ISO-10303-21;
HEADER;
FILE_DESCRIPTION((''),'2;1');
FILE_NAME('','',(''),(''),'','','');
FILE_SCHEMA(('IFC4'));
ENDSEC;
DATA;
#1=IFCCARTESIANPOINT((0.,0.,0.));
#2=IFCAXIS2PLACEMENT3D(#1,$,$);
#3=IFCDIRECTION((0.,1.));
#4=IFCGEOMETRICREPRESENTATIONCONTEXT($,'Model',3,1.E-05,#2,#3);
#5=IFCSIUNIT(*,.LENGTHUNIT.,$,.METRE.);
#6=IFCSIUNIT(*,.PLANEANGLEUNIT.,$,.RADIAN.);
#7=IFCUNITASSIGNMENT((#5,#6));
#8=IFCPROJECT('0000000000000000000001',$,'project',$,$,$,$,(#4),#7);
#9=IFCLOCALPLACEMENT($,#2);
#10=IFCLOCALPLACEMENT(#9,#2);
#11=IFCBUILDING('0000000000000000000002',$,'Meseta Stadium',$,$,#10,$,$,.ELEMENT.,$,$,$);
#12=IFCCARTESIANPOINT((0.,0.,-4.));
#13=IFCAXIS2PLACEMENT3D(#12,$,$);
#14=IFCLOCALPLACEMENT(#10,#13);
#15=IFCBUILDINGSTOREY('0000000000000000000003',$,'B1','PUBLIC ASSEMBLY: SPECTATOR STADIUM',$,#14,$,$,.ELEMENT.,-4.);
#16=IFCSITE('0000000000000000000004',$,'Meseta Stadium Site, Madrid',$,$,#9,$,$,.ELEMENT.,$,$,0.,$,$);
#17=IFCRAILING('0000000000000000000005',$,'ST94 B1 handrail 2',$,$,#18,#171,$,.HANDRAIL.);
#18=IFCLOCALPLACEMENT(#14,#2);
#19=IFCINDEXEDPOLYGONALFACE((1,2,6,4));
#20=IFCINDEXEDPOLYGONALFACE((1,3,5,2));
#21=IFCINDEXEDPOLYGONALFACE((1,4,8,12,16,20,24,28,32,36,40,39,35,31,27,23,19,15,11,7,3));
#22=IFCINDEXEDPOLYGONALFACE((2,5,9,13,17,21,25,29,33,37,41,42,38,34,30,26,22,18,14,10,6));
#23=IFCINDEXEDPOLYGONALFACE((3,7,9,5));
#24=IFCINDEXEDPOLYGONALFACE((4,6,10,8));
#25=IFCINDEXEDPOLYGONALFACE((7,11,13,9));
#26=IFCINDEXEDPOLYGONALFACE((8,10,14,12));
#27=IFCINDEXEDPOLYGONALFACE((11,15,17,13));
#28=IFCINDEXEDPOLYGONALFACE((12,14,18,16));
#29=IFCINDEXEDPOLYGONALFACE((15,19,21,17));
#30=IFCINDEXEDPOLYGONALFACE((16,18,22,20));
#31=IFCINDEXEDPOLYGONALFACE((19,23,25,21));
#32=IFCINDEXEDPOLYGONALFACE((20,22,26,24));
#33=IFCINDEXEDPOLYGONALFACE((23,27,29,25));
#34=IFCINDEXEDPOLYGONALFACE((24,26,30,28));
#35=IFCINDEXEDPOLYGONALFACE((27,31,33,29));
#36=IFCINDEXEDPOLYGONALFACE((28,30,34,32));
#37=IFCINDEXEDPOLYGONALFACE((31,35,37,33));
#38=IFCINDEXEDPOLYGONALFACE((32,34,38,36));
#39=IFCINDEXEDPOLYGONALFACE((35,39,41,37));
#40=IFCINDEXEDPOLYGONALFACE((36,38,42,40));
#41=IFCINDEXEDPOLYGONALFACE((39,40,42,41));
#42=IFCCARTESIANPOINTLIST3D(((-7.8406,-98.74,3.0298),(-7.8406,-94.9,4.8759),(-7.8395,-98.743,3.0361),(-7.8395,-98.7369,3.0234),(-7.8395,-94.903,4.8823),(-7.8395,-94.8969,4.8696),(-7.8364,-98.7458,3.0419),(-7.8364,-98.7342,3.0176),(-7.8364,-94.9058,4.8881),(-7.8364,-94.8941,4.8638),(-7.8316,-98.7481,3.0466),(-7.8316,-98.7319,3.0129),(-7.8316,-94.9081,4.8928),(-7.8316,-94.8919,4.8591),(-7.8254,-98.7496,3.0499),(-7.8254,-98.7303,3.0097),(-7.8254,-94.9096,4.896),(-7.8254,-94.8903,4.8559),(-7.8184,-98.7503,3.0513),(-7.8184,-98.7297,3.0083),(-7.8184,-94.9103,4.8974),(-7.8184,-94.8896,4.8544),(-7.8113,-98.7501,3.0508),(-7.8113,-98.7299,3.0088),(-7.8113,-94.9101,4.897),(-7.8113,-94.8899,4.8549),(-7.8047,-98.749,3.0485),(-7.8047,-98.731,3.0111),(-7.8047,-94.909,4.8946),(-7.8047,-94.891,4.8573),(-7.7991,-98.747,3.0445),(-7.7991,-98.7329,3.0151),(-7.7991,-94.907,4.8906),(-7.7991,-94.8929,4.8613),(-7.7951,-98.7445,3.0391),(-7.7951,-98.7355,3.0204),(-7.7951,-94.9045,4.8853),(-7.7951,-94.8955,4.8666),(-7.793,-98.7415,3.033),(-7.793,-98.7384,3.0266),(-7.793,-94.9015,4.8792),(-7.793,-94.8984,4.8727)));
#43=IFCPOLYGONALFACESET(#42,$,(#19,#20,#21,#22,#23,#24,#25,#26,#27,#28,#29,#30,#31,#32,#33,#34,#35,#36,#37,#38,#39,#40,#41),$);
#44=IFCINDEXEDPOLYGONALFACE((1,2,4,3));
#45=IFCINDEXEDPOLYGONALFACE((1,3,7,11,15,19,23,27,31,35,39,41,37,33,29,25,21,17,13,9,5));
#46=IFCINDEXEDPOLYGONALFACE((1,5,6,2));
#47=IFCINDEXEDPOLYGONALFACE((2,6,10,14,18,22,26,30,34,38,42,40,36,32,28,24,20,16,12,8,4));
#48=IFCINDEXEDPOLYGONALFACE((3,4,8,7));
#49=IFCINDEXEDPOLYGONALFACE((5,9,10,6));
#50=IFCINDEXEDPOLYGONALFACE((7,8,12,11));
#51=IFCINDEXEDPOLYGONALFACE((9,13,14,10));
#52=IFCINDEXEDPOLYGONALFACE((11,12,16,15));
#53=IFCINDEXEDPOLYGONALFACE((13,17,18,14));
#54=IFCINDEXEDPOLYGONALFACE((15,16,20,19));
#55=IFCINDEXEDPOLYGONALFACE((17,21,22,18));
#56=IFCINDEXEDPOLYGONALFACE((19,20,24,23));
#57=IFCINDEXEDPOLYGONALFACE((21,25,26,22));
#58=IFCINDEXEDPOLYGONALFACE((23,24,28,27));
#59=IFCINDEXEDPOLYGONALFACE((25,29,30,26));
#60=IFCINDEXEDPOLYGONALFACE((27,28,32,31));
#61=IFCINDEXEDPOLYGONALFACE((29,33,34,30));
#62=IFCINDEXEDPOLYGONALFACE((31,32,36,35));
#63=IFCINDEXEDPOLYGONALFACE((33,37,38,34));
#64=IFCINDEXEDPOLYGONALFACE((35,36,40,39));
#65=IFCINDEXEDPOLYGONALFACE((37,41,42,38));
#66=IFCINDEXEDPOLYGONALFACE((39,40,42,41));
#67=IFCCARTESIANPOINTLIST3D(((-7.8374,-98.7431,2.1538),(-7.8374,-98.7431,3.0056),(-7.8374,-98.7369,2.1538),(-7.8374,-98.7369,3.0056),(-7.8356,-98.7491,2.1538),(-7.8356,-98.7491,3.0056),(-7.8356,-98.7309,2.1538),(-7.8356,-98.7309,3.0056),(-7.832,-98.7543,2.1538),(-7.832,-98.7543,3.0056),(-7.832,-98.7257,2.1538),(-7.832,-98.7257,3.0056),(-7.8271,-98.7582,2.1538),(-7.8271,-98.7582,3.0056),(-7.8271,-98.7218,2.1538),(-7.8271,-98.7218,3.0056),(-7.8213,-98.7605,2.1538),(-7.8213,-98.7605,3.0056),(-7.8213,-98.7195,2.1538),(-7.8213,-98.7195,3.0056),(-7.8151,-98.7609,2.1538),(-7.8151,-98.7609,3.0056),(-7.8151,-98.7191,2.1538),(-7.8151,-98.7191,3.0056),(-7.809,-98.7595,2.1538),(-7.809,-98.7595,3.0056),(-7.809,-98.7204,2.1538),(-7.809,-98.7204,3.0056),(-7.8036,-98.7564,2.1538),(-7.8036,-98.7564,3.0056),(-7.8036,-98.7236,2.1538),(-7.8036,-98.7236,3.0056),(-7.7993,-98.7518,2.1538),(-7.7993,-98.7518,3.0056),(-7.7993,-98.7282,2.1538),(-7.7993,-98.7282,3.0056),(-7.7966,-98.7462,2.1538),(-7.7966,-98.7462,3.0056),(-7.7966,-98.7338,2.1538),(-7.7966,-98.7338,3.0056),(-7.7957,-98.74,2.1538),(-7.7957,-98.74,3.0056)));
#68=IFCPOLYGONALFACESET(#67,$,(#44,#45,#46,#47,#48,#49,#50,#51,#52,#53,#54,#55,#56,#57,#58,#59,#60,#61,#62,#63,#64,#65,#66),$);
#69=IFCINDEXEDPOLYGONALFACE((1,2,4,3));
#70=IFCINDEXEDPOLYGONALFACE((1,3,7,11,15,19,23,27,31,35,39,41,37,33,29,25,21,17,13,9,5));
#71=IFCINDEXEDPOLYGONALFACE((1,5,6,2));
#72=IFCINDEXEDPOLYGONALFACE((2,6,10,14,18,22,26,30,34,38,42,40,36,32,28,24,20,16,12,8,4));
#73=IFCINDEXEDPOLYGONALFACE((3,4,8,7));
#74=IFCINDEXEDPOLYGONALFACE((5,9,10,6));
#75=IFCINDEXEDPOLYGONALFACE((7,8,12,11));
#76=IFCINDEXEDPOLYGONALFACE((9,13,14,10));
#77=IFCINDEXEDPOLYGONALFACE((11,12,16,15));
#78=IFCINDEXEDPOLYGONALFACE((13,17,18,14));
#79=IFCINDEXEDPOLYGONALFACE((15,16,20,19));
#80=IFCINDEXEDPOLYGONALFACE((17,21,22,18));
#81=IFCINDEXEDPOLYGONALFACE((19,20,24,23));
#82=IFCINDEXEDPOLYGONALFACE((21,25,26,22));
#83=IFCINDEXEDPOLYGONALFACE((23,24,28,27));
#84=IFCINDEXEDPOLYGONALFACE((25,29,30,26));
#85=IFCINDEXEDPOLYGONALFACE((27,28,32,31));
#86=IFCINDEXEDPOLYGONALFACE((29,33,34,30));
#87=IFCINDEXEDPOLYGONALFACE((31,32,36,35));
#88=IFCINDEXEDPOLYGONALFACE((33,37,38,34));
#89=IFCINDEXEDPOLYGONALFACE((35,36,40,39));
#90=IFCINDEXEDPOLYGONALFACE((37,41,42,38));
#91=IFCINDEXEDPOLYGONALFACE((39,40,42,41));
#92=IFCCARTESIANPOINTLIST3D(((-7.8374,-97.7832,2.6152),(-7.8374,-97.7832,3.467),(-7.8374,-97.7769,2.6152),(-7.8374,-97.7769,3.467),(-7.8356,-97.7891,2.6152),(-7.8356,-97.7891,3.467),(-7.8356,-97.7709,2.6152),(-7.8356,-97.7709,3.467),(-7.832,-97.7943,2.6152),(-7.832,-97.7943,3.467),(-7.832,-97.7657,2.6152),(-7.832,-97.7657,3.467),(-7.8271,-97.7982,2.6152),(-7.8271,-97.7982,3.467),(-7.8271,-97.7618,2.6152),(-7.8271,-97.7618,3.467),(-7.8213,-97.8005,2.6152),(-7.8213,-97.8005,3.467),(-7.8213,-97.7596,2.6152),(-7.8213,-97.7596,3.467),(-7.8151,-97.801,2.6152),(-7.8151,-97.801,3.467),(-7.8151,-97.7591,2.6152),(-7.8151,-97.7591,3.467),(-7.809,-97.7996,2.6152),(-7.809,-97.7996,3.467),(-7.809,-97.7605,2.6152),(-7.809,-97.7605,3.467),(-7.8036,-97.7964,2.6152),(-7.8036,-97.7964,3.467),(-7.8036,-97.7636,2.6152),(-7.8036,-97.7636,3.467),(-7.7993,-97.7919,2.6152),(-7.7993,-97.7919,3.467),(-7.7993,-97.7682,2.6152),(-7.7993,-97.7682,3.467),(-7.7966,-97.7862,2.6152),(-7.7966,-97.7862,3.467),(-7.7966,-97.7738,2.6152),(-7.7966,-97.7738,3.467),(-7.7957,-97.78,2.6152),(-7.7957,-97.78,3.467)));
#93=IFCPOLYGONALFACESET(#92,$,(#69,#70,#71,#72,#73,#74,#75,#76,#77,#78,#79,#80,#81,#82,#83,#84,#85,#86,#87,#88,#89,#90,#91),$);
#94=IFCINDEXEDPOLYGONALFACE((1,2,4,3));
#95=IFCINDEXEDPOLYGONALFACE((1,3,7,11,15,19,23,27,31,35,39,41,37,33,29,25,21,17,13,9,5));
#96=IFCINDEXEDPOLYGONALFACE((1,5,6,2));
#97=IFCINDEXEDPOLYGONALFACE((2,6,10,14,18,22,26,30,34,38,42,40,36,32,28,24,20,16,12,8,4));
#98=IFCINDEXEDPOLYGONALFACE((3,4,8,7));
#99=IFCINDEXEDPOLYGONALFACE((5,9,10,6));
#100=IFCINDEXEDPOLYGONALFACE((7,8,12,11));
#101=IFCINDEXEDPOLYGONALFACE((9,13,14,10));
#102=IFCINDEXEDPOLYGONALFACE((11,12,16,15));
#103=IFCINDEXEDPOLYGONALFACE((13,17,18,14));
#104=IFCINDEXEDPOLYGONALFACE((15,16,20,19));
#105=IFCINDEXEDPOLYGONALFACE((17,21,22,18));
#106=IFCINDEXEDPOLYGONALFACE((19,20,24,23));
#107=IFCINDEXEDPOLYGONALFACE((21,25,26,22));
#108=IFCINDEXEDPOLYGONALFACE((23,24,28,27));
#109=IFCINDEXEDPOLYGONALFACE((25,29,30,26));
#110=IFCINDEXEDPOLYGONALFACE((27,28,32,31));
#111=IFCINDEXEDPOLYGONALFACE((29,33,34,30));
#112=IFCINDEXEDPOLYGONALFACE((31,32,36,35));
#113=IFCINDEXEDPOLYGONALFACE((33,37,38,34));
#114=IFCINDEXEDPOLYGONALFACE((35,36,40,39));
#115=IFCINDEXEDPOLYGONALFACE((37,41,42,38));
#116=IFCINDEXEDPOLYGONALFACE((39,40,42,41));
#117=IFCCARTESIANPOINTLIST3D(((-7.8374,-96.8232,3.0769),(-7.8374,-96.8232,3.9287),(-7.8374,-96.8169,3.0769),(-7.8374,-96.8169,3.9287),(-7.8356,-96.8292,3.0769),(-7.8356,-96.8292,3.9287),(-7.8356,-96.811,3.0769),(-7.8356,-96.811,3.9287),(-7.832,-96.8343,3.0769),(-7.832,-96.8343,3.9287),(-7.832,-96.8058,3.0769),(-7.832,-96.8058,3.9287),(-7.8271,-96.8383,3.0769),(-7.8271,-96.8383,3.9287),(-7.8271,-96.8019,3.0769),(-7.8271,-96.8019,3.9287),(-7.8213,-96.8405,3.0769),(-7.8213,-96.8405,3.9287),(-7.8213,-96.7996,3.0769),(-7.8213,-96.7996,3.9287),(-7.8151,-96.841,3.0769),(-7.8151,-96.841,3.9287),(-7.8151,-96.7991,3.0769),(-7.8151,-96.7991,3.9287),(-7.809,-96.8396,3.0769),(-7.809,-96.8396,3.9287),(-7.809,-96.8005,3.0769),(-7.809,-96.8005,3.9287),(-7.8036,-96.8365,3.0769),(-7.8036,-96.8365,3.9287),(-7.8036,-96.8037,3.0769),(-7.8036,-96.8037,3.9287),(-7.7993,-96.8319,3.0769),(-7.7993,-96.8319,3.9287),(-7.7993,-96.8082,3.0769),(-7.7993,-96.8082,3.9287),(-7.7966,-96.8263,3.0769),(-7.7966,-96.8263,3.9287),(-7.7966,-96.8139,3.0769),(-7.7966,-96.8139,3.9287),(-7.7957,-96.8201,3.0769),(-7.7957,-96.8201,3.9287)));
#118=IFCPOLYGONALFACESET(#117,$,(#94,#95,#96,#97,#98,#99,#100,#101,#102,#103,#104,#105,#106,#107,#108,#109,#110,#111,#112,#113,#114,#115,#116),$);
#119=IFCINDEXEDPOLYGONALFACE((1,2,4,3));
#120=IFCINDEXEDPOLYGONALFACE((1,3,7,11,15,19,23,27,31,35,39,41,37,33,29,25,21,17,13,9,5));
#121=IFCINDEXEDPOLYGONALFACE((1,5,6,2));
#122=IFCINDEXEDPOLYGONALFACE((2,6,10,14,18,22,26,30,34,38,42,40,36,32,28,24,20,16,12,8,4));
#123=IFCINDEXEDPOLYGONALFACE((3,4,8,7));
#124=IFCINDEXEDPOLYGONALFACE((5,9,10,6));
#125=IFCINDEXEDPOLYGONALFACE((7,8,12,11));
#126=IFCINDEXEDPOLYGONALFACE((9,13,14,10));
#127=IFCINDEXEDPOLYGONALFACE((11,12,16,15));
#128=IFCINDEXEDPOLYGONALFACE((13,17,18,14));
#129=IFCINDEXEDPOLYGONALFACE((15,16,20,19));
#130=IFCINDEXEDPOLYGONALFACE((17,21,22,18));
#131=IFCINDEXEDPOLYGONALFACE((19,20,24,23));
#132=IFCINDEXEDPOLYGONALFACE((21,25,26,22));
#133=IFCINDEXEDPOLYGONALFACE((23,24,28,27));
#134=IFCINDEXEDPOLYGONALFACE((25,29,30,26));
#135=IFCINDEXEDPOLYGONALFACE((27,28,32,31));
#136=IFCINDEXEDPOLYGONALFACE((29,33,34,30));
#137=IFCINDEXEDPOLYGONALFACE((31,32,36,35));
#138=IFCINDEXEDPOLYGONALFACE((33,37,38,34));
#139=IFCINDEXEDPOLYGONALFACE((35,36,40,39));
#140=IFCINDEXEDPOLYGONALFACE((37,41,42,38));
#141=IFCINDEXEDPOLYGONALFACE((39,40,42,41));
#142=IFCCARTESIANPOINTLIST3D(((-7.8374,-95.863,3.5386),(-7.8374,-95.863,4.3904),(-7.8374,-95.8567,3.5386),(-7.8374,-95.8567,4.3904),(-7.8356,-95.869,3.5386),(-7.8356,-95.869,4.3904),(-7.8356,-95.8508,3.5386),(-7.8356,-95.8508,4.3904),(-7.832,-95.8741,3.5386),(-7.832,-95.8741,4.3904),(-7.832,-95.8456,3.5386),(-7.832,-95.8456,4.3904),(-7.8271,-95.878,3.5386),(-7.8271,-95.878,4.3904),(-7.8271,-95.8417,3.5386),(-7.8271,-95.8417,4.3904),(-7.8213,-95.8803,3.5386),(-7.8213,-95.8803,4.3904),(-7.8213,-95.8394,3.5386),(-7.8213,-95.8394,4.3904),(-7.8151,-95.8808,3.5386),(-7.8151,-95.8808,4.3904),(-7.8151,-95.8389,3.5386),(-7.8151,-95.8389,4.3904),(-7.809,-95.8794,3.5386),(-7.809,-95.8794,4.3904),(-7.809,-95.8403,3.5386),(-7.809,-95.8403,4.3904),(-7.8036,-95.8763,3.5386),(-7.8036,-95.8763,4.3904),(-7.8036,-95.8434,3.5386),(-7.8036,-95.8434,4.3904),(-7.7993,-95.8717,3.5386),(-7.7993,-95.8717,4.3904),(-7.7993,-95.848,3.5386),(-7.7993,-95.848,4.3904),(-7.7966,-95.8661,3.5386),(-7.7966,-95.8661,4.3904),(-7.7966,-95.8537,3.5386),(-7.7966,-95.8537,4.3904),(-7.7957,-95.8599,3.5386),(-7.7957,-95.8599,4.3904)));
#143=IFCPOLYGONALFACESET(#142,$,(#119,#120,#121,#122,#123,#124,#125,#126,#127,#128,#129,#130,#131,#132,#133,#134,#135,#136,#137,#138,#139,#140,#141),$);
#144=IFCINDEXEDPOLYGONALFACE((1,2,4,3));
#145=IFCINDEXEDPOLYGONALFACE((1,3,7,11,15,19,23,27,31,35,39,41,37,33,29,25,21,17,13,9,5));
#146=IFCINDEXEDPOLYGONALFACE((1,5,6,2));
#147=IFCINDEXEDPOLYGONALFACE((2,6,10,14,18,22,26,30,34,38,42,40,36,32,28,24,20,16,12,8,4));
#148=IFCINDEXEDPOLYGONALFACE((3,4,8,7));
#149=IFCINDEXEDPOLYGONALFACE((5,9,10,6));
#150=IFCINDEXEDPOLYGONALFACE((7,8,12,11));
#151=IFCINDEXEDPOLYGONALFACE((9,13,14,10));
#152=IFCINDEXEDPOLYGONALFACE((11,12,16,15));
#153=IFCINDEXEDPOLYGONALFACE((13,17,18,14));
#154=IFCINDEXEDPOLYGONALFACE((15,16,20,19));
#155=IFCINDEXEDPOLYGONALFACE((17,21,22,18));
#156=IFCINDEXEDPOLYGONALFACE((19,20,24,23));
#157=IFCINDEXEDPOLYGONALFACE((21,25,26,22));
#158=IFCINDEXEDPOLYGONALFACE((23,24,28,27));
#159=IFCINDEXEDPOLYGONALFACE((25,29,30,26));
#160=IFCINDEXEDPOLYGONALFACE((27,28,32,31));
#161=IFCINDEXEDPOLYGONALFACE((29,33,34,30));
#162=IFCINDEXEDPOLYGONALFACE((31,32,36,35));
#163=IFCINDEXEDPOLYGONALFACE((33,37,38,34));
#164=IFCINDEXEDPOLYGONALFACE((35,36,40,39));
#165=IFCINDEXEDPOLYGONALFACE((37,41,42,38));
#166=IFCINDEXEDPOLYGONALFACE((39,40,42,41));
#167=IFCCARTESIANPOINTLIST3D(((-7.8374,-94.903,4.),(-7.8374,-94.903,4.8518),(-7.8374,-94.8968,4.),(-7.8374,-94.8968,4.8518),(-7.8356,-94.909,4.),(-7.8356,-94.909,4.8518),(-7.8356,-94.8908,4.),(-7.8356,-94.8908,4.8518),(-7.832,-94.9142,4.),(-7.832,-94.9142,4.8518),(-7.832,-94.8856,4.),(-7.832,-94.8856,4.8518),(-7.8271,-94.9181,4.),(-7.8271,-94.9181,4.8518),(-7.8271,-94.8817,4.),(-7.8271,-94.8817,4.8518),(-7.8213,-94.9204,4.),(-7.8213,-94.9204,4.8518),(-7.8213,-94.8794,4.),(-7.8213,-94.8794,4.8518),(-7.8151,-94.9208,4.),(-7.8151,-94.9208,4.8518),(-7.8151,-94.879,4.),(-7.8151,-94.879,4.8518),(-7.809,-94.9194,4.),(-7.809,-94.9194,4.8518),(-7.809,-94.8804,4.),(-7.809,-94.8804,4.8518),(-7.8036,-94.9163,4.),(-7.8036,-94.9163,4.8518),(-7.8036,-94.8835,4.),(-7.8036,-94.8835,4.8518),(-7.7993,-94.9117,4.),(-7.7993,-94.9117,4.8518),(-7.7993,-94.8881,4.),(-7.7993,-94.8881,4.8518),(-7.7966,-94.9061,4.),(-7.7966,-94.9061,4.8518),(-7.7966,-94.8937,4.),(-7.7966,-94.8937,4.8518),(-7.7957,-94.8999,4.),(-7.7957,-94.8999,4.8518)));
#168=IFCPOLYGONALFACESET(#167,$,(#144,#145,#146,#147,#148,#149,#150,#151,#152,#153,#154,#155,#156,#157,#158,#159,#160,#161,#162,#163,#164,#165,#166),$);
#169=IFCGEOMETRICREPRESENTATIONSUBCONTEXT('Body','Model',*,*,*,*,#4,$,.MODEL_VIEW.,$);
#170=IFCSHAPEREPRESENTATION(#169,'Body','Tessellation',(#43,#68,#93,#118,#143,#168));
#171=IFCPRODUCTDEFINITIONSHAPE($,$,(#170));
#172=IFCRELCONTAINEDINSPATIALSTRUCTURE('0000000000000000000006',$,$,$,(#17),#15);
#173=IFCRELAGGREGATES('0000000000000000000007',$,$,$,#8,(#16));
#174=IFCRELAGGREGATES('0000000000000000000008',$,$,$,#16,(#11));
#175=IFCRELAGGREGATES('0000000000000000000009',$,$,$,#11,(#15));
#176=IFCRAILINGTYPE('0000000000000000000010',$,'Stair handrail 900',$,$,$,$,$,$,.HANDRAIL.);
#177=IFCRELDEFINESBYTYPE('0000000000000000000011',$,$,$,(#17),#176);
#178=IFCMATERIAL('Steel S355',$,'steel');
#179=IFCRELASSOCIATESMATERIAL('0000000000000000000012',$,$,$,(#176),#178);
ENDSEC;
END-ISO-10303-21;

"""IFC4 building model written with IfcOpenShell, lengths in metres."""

from ifc_helpers import new_model, si_unit, direction, frame, origin, origin_2d, place, context, subcontext, project, spatial, circle, extrude, material, type_object, element, save


model = new_model("IFC4")

# Units and contexts
model_context = context("Model", 3, precision=1e-05, world=origin(), true_north=direction((0.0, 1.0)))
body_context = subcontext(model_context, "Body", "Model", "MODEL_VIEW")
ifc_project = project(units=[si_unit("LENGTHUNIT", "METRE"), si_unit("PLANEANGLEUNIT", "RADIAN")], contexts=[model_context])

# Site, building, storey
site_placement = place(None, origin())
site = spatial("IfcSite", under=ifc_project, at=site_placement, Name="Meseta Stadium Site, Madrid", CompositionType="ELEMENT", RefElevation=0.0)
building_placement = place(site_placement, origin())
building = spatial("IfcBuilding", under=site, at=building_placement, Name="Meseta Stadium", CompositionType="ELEMENT")
storey_placement = place(building_placement, frame((0.0, 0.0, -4.0)))
storey = spatial("IfcBuildingStorey", under=building, at=storey_placement, Name="B1", Description="PUBLIC ASSEMBLY: SPECTATOR STADIUM", CompositionType="ELEMENT", Elevation=-4.0)

# Railing
ifc_material_1 = material(Name="Steel S355", Category="steel")
railing_type_1 = type_object("IfcRailingType", Name="Stair handrail 900", PredefinedType="HANDRAIL", material=ifc_material_1)
for number, where, name in (
    (1, (-7.8167, -98.74, 2.1538), "ST94 B1 handrail 2"),
):
    element("IfcRailing", number, at=place(storey_placement, frame(where)), inside=storey, type_object=railing_type_1, Name=name, PredefinedType="HANDRAIL", context=body_context, shape_type="SweptSolid", body=[
        extrude(circle(Radius=0.0239, at=origin_2d()), frame((0.0, 0.0, 0.876), z_axis=(0.0, 0.901253, 0.433294), x_axis=(-1.0, 0.0, 0.0)), (0.0, 0.0, 1.0), 4.2607),
        extrude(circle(Radius=0.021, at=origin_2d()), origin(), (0.0, 0.0, 1.0), 0.8518),
        extrude(circle(Radius=0.021, at=origin_2d()), frame((0.0, 0.96, 0.4614)), (0.0, 0.0, 1.0), 0.8518),
        extrude(circle(Radius=0.021, at=origin_2d()), frame((0.0, 1.9199, 0.9231)), (0.0, 0.0, 1.0), 0.8518),
        extrude(circle(Radius=0.021, at=origin_2d()), frame((0.0, 2.8801, 1.3848)), (0.0, 0.0, 1.0), 0.8518),
        extrude(circle(Radius=0.021, at=origin_2d()), frame((0.0, 3.8401, 1.8462)), (0.0, 0.0, 1.0), 0.8518),
    ])

save(model, "model.ifc")
